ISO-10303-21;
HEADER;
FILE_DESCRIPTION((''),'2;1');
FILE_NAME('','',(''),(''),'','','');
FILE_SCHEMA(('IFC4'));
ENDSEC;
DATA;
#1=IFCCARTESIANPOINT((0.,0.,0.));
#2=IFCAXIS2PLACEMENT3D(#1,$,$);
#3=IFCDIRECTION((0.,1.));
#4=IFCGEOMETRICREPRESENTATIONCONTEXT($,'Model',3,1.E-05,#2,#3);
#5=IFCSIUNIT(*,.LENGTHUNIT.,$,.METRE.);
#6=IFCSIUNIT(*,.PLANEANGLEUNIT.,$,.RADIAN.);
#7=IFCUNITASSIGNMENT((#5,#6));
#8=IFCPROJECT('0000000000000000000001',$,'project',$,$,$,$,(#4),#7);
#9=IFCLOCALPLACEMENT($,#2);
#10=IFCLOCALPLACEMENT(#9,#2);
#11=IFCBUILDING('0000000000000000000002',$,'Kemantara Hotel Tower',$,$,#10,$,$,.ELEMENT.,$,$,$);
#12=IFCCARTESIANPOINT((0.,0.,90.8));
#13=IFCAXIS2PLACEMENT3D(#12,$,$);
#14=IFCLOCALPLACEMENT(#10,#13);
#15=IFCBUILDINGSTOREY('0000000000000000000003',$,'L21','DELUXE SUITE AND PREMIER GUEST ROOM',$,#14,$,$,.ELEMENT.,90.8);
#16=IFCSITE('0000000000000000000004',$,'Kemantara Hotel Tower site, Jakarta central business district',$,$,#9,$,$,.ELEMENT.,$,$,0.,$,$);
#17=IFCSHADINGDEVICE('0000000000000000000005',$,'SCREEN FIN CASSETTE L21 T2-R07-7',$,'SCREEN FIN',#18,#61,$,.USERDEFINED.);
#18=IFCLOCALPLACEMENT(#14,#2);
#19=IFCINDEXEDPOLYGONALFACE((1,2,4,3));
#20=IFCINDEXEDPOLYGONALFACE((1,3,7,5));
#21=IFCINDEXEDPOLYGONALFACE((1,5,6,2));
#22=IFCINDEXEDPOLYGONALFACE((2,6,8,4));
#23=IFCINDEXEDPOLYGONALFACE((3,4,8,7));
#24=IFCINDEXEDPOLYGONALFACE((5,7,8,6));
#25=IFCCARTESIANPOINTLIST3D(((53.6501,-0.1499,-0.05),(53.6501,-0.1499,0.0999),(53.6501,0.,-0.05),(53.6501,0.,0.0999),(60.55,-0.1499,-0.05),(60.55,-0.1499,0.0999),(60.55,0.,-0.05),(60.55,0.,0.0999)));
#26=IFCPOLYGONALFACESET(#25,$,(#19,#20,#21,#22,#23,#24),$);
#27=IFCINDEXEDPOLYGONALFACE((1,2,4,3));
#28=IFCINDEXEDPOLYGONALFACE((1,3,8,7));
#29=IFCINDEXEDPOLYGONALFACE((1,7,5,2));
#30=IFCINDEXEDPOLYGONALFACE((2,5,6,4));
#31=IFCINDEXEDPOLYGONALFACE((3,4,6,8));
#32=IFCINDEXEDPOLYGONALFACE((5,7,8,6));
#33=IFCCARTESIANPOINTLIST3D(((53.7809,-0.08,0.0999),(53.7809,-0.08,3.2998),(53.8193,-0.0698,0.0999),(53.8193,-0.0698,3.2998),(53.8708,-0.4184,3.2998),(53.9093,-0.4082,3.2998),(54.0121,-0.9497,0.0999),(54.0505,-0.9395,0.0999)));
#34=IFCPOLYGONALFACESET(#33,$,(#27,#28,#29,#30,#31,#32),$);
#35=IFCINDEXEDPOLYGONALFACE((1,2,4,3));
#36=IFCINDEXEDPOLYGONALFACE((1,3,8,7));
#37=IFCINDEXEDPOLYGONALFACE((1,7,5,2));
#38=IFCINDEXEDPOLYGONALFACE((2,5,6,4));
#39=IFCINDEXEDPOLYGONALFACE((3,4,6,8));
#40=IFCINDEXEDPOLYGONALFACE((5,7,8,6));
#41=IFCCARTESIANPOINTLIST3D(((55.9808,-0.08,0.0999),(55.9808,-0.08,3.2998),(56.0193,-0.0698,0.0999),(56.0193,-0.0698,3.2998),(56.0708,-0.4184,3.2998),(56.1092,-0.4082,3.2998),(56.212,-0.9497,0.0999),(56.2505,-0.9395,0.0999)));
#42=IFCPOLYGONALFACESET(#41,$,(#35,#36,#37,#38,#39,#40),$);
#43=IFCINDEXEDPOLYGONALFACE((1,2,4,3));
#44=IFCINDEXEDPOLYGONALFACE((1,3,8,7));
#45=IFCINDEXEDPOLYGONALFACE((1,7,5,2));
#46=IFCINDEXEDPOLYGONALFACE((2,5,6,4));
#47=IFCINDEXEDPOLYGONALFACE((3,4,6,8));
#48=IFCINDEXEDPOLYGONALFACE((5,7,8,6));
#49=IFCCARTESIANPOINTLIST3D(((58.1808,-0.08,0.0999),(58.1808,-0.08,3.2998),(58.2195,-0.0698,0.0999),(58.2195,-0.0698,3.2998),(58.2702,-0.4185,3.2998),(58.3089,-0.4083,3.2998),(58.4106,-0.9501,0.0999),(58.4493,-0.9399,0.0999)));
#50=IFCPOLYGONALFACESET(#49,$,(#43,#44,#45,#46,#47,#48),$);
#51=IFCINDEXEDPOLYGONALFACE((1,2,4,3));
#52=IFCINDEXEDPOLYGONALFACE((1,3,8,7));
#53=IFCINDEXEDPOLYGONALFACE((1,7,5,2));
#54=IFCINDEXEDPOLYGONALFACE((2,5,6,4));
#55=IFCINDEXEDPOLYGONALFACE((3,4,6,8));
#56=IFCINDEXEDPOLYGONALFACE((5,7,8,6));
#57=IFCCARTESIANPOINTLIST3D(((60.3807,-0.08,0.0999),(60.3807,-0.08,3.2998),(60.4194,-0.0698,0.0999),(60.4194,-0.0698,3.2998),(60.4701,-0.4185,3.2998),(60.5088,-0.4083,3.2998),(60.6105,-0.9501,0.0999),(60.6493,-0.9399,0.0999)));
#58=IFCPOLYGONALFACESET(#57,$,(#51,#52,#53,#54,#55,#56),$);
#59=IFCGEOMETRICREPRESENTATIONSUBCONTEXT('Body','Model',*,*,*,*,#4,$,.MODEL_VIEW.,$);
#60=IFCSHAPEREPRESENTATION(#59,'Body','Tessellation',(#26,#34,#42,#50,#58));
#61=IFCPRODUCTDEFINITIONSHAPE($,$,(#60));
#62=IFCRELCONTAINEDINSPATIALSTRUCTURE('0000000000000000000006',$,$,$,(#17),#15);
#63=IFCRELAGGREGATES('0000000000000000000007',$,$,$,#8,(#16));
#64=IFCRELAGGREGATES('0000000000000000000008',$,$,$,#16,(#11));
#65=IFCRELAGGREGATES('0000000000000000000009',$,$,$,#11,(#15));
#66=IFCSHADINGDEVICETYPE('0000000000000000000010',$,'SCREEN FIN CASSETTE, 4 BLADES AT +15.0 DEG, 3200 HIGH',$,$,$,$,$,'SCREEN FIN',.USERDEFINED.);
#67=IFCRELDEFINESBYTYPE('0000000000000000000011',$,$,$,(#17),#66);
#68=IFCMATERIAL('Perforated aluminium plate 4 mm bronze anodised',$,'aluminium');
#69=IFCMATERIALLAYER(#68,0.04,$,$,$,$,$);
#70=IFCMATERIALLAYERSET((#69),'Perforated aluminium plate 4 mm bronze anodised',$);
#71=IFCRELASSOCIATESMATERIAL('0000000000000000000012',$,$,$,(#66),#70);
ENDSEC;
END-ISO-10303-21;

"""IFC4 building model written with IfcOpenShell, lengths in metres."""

from ifc_helpers import new_model, si_unit, direction, frame, origin, origin_2d, place, context, subcontext, project, spatial, polyline, rectangle, outline, extrude, source, transform, mapped, material, layer, layer_set, type_object, element, save


model = new_model("IFC4")

# Units and contexts
model_context = context("Model", 3, precision=1e-05, world=origin(), true_north=direction((0.0, 1.0)))
body_context = subcontext(model_context, "Body", "Model", "MODEL_VIEW")
ifc_project = project(units=[si_unit("LENGTHUNIT", "METRE"), si_unit("PLANEANGLEUNIT", "RADIAN")], contexts=[model_context])

# Site, building, storey
site_placement = place(None, origin())
site = spatial("IfcSite", under=ifc_project, at=site_placement, Name="Kemantara Hotel Tower site, Jakarta central business district", CompositionType="ELEMENT", RefElevation=0.0)
building_placement = place(site_placement, origin())
building = spatial("IfcBuilding", under=site, at=building_placement, Name="Kemantara Hotel Tower", CompositionType="ELEMENT")
storey_placement = place(building_placement, frame((0.0, 0.0, 90.8)))
storey = spatial("IfcBuildingStorey", under=building, at=storey_placement, Name="L21", Description="DELUXE SUITE AND PREMIER GUEST ROOM", CompositionType="ELEMENT", Elevation=90.8)

# Shading device
ifc_material_1 = material(Name="Perforated aluminium plate 4 mm bronze anodised", Category="aluminium")
ifc_layer_1 = layer(ifc_material_1, 0.04)
ifc_layer_set_1 = layer_set([ifc_layer_1], Name="Perforated aluminium plate 4 mm bronze anodised")
shading_device_type = type_object("IfcShadingDeviceType", Name="SCREEN FIN CASSETTE, 4 BLADES AT +15.0 DEG, 3200 HIGH", ElementType="SCREEN FIN", PredefinedType="USERDEFINED", material=ifc_layer_set_1)
shared_shape = source(origin(), body_context, "Body", "SweptSolid", [
    extrude(rectangle(XDim=6.8999, YDim=0.1499, at=origin_2d()), frame((3.3, -0.075, -0.1499), z_axis=(0.0, 0.0, 1.0), x_axis=(1.0, 0.0, 0.0)), (0.0, 0.0, 1.0), 0.1499),
    extrude(outline(polyline([(0.0, 0.0), (0.8999, 0.0), (0.3501, 3.2), (0.0, 3.2), (0.0, 0.0)])), frame((0.0193, -0.0698, 0.0), z_axis=(-0.966438, -0.256901, 0.0), x_axis=(0.256901, -0.966438, 0.0)), (0.0, 0.0, 1.0), 0.0398),
    extrude(outline(polyline([(0.0, 0.0), (0.8999, 0.0), (0.3501, 3.2), (0.0, 3.2), (0.0, 0.0)])), frame((2.2192, -0.0698, 0.0), z_axis=(-0.966438, -0.256901, 0.0), x_axis=(0.256901, -0.966438, 0.0)), (0.0, 0.0, 1.0), 0.0398),
    extrude(outline(polyline([(0.0, 0.0), (0.8999, 0.0), (0.3501, 3.2), (0.0, 3.2), (0.0, 0.0)])), frame((4.4194, -0.0698, 0.0), z_axis=(-0.966838, -0.255391, 0.0), x_axis=(0.255391, -0.966838, 0.0)), (0.0, 0.0, 1.0), 0.04),
    extrude(outline(polyline([(0.0, 0.0), (0.8999, 0.0), (0.3501, 3.2), (0.0, 3.2), (0.0, 0.0)])), frame((6.6194, -0.0698, 0.0), z_axis=(-0.966838, -0.255391, 0.0), x_axis=(0.255391, -0.966838, 0.0)), (0.0, 0.0, 1.0), 0.04),
])
shading_device_placement = place(storey_placement, frame((53.8, 0.0, 0.0999), z_axis=(0.0, 0.0, 1.0), x_axis=(1.0, 0.0, 0.0)))
element("IfcShadingDevice", 1, at=shading_device_placement, inside=storey, type_object=shading_device_type, Name="SCREEN FIN CASSETTE L21 T2-R07-7", ObjectType="SCREEN FIN", PredefinedType="USERDEFINED", context=body_context, shape_type="MappedRepresentation", body=[
    mapped(shared_shape, transform((0.0, 0.0, 0.0))),
])

save(model, "model.ifc")
